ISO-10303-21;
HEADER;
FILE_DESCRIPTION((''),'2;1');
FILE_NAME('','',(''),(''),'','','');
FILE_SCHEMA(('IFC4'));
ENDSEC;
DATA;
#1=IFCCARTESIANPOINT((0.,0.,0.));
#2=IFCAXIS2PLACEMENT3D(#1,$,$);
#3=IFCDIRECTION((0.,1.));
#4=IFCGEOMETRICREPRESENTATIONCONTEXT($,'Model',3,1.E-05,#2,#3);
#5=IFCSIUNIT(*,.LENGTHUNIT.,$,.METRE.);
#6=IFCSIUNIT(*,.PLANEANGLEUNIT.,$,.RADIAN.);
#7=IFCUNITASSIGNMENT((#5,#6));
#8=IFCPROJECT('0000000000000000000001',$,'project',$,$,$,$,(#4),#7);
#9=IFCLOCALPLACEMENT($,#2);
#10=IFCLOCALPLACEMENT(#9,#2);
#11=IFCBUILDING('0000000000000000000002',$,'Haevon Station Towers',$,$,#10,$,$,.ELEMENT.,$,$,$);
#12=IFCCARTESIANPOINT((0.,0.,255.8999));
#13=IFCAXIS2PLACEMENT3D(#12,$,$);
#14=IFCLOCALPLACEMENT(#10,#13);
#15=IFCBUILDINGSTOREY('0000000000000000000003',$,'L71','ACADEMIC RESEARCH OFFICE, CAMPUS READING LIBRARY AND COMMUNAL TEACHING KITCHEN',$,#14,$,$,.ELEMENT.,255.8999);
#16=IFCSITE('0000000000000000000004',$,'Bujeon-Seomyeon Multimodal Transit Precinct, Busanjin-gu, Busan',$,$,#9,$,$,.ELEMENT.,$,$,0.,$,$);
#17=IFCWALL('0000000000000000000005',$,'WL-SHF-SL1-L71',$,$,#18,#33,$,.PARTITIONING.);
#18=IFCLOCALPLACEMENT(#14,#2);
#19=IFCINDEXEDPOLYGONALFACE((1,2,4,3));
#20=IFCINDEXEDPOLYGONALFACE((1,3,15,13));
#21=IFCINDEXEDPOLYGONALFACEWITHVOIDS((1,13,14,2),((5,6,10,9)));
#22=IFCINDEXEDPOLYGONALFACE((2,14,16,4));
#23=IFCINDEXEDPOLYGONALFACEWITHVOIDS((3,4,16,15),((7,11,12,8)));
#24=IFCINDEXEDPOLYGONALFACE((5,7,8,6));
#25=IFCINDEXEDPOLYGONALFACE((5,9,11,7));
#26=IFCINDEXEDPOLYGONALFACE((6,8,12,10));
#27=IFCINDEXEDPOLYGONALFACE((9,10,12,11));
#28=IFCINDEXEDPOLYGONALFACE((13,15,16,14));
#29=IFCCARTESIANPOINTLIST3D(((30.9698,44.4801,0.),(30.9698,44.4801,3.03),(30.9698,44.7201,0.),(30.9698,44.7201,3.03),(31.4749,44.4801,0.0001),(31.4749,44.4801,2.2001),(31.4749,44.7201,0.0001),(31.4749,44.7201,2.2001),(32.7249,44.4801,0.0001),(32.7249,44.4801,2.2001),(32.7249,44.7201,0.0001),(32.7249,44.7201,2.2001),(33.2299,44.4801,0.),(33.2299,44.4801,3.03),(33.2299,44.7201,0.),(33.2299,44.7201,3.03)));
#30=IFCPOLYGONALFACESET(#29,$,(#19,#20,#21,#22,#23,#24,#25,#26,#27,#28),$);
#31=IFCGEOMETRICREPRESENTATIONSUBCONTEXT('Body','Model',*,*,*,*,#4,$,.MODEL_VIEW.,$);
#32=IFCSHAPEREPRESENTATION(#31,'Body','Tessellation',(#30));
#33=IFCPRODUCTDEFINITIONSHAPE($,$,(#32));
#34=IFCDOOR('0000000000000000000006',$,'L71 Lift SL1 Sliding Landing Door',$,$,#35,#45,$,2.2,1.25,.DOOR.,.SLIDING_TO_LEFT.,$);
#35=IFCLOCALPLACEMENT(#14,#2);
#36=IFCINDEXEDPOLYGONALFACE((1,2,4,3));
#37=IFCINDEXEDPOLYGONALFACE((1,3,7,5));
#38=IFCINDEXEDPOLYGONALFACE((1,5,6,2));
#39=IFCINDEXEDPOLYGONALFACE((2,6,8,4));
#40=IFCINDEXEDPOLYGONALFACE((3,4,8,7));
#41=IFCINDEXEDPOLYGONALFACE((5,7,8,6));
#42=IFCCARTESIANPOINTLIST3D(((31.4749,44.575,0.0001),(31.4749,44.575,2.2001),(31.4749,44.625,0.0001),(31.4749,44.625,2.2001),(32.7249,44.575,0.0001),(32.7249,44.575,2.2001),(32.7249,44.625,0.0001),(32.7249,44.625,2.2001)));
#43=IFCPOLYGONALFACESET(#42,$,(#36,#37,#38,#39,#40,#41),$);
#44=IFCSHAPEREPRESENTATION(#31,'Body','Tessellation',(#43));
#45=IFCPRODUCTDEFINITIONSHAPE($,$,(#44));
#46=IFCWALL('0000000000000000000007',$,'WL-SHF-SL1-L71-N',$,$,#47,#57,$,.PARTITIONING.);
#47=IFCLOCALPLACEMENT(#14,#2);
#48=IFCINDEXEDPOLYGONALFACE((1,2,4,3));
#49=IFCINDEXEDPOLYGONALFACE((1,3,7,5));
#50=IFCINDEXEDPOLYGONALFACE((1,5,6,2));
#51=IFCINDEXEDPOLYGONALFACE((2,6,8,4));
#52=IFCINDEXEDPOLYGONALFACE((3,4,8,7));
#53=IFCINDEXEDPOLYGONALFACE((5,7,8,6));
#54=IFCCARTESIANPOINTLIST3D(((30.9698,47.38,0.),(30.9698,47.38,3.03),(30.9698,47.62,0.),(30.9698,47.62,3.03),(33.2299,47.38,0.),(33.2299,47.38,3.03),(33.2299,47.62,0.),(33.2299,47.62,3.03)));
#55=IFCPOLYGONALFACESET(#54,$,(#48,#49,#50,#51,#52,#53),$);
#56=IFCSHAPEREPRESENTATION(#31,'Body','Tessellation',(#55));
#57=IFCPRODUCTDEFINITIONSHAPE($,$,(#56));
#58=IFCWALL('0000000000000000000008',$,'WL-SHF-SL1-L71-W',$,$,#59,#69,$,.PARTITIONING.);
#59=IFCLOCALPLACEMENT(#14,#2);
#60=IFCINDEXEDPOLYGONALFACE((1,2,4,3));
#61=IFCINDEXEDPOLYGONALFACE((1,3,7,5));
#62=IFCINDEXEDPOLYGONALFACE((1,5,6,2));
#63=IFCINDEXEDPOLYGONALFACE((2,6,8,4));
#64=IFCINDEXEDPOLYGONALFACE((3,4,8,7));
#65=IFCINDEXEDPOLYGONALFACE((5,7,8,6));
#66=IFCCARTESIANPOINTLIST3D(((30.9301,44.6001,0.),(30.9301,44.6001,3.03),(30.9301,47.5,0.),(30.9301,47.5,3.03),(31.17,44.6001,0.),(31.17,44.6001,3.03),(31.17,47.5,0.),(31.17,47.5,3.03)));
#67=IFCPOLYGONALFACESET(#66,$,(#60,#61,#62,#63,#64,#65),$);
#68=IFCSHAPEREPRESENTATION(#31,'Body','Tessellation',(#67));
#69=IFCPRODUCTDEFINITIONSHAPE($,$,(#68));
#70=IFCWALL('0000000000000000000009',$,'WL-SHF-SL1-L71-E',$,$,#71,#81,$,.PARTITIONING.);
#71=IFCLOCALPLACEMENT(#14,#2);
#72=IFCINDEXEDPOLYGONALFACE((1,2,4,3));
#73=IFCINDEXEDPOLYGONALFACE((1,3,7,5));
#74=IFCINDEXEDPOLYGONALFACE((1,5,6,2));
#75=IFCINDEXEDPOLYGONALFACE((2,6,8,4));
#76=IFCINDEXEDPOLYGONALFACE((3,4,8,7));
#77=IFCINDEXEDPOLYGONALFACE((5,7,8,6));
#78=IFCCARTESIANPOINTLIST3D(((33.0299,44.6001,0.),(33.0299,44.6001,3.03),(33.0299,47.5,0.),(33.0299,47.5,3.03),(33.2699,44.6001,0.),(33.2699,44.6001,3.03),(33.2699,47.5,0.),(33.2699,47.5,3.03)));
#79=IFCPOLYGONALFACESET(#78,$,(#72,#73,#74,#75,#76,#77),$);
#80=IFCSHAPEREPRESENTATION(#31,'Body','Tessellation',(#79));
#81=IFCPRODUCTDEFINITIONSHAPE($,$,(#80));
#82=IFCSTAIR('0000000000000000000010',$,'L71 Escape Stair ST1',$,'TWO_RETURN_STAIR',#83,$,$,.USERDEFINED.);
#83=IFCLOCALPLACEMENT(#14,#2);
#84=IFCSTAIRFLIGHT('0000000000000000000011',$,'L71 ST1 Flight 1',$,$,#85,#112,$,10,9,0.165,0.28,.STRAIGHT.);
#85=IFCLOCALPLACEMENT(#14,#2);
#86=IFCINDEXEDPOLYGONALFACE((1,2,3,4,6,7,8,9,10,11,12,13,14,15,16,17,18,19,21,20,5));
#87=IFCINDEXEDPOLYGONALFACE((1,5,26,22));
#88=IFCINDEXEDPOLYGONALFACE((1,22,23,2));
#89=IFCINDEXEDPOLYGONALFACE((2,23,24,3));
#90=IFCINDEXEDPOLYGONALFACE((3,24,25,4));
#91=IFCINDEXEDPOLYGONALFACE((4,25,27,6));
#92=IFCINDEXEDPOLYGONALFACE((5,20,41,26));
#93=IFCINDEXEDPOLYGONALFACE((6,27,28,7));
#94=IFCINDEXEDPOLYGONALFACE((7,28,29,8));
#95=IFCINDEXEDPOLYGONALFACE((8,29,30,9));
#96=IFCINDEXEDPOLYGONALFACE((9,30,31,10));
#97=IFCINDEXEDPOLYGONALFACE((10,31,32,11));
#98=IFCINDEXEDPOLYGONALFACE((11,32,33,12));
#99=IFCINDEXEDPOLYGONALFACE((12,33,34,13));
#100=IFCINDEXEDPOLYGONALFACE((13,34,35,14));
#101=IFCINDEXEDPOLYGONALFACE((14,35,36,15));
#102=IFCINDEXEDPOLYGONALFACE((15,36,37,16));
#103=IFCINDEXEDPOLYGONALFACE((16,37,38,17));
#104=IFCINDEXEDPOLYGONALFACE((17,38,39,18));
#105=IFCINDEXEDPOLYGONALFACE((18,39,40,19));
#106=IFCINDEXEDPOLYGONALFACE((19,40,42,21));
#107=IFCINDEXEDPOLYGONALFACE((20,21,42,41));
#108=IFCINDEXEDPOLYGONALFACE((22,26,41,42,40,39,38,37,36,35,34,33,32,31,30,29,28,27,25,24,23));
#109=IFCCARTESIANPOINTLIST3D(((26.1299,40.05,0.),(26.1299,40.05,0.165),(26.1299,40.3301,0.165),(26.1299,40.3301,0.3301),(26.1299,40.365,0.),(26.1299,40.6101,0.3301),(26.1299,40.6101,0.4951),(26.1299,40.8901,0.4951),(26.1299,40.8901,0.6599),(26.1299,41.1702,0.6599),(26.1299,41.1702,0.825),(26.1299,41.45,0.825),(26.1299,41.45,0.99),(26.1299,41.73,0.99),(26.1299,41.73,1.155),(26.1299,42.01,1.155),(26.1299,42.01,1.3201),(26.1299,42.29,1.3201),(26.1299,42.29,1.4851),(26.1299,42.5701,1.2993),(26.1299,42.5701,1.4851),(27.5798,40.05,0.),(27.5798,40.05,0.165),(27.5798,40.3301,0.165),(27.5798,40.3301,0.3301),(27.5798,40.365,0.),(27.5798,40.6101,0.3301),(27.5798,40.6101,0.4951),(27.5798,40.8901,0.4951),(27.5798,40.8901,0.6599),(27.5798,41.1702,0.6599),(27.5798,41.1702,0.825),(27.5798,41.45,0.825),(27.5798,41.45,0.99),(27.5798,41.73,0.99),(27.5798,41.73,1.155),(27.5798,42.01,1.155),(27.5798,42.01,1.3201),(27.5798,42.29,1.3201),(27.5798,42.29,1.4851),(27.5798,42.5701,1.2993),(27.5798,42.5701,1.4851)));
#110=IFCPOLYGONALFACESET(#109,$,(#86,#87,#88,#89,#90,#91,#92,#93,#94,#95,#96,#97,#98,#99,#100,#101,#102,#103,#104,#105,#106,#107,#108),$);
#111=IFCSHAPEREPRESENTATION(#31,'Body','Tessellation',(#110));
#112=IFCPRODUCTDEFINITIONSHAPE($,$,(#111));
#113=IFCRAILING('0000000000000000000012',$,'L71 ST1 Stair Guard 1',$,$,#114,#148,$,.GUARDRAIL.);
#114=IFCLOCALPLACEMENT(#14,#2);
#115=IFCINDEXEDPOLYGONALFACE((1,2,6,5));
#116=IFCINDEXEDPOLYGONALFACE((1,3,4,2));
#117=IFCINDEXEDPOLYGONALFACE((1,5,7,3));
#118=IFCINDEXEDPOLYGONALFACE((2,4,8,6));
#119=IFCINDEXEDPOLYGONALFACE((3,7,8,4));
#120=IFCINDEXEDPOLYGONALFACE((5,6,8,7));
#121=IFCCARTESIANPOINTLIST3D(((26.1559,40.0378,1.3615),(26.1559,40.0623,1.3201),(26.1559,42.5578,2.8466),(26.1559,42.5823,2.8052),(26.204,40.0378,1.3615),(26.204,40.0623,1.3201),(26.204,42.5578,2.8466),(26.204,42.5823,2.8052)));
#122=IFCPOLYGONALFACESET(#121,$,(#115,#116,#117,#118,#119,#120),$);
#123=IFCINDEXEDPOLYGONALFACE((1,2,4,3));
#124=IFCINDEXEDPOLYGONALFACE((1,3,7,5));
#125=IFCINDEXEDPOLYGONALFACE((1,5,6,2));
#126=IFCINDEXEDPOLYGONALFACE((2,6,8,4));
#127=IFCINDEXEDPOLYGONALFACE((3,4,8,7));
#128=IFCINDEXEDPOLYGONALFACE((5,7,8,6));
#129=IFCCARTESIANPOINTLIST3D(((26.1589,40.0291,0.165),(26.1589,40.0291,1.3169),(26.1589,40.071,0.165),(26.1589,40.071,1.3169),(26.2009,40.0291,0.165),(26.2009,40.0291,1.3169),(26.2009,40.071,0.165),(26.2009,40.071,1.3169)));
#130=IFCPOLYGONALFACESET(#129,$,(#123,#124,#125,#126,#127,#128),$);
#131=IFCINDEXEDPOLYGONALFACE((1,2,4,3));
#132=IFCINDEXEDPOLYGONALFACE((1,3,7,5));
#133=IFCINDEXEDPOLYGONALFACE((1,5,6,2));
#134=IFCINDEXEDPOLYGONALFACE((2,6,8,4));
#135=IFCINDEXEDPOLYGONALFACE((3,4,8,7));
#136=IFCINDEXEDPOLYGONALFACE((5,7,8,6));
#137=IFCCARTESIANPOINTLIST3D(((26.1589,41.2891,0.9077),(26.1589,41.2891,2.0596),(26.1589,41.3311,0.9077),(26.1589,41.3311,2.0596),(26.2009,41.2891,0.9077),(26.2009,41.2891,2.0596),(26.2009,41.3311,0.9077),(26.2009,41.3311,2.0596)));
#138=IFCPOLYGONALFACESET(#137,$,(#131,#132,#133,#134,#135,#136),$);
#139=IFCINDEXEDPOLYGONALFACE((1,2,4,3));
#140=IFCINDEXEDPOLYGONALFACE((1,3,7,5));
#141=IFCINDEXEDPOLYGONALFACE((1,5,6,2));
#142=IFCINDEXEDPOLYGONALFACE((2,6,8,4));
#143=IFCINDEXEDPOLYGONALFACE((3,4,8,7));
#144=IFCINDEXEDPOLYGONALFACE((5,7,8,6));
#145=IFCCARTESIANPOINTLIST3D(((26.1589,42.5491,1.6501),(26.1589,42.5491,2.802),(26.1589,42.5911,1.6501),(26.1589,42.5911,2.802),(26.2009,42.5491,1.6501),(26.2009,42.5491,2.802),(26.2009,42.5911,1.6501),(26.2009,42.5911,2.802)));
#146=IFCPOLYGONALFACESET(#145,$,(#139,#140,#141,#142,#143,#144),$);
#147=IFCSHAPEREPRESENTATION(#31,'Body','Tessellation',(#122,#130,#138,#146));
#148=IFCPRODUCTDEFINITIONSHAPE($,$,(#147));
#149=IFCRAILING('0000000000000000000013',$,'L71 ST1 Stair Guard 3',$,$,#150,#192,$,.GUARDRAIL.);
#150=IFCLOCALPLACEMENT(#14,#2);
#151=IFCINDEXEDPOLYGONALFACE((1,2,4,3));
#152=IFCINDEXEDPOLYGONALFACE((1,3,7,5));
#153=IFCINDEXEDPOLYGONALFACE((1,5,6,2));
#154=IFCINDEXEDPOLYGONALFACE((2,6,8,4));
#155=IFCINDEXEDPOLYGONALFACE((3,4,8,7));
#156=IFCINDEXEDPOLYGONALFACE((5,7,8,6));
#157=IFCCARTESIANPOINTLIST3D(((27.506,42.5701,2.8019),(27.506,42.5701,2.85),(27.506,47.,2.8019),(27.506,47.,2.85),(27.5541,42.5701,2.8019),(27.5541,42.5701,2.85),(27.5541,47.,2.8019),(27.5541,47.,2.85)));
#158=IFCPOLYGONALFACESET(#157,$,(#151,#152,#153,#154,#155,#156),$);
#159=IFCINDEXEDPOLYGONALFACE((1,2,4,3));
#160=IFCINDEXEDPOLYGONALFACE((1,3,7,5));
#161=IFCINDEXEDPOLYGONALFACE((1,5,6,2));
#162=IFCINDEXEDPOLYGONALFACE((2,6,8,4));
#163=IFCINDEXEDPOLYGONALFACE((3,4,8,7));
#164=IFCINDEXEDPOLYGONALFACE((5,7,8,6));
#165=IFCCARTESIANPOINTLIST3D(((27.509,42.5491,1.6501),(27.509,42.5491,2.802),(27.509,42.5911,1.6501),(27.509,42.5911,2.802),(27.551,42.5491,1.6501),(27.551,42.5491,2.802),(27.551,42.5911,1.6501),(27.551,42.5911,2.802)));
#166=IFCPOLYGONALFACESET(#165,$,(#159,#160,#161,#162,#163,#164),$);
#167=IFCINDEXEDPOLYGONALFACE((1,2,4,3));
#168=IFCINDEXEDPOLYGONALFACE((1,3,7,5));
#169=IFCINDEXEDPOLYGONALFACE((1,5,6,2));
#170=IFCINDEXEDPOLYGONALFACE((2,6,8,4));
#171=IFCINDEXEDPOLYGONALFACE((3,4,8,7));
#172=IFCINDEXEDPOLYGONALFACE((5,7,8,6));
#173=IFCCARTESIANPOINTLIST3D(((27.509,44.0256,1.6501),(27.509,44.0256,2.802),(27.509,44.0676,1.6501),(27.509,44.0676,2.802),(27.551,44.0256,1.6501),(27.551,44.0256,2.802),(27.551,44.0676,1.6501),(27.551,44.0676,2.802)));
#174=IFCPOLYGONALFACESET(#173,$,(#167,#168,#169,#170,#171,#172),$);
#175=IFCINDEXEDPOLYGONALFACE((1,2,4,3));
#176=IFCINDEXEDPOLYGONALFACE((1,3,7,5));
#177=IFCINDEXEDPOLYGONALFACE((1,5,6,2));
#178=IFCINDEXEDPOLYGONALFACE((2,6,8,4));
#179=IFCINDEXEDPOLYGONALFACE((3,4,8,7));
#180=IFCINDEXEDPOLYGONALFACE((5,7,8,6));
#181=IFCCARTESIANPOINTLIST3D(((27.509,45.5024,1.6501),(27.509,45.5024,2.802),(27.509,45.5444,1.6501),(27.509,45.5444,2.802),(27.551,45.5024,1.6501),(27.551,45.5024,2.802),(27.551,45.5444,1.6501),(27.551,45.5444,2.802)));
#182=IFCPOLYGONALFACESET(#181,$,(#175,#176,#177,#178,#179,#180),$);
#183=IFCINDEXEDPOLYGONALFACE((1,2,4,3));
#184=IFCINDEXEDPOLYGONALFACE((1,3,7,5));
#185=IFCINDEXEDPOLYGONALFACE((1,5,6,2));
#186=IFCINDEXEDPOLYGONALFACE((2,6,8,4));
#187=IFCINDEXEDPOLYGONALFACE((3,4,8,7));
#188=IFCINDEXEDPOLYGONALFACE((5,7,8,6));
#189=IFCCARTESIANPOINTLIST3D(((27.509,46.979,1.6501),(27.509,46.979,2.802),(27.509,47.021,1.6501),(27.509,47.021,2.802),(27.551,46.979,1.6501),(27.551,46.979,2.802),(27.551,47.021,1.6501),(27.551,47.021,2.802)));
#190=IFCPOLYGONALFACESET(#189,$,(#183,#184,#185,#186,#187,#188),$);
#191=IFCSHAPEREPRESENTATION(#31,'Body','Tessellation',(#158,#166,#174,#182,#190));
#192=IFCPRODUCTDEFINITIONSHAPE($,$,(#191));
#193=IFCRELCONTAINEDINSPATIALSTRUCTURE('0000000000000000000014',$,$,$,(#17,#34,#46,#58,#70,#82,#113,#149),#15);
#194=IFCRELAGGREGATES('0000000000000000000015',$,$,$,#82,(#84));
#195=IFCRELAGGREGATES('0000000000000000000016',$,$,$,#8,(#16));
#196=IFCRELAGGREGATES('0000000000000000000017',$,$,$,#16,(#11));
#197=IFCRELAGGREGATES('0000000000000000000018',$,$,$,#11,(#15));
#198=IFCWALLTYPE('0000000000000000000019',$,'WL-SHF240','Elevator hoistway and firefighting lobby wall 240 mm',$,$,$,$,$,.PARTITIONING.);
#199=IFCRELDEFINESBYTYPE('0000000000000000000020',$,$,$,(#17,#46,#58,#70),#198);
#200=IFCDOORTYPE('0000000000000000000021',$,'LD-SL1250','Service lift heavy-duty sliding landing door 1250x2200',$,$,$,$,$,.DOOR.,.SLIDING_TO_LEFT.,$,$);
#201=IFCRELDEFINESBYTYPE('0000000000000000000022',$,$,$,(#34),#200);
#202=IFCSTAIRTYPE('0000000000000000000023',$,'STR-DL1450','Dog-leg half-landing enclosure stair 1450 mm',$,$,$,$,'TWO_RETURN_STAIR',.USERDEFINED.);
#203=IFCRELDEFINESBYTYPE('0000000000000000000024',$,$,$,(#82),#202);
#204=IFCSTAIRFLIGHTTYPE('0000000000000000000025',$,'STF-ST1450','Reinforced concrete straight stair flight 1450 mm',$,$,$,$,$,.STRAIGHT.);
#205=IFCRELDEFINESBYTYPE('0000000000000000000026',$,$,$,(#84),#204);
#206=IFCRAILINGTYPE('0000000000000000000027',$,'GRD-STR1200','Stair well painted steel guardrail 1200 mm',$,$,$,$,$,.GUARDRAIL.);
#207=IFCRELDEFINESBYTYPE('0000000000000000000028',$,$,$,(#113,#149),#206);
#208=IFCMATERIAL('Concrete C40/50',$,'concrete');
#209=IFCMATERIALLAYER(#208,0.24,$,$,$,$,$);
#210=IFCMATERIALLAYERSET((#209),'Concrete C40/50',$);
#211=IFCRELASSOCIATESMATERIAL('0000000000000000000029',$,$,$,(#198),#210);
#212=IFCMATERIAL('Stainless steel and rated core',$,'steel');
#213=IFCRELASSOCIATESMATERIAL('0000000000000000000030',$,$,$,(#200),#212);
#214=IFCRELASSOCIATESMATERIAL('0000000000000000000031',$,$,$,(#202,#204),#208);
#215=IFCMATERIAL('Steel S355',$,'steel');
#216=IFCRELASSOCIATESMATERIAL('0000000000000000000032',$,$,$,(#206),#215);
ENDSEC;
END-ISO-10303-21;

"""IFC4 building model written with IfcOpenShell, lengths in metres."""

from ifc_helpers import new_model, si_unit, direction, frame, frame_2d, origin, origin_2d, place, context, subcontext, project, spatial, polyline, rectangle, outline, extrude, material, layer, layer_set, type_object, element, fill, aggregate, save


model = new_model("IFC4")

# Units and contexts
model_context = context("Model", 3, precision=1e-05, world=origin(), true_north=direction((0.0, 1.0)))
body_context = subcontext(model_context, "Body", "Model", "MODEL_VIEW")
ifc_project = project(units=[si_unit("LENGTHUNIT", "METRE"), si_unit("PLANEANGLEUNIT", "RADIAN")], contexts=[model_context])

# Site, building, storey
site_placement = place(None, origin())
site = spatial("IfcSite", under=ifc_project, at=site_placement, Name="Bujeon-Seomyeon Multimodal Transit Precinct, Busanjin-gu, Busan", CompositionType="ELEMENT", RefElevation=0.0)
building_placement = place(site_placement, origin())
building = spatial("IfcBuilding", under=site, at=building_placement, Name="Haevon Station Towers", CompositionType="ELEMENT")
storey_placement = place(building_placement, frame((0.0, 0.0, 255.8999)))
storey = spatial("IfcBuildingStorey", under=building, at=storey_placement, Name="L71", Description="ACADEMIC RESEARCH OFFICE, CAMPUS READING LIBRARY AND COMMUNAL TEACHING KITCHEN", CompositionType="ELEMENT", Elevation=255.8999)

# Shared definitions
ifc_material_1 = material(Name="Steel S355", Category="steel")

# Shared definitions
ifc_material_2 = material(Name="Concrete C40/50", Category="concrete")
ifc_layer_1 = layer(ifc_material_2, 0.24)
ifc_layer_set_1 = layer_set([ifc_layer_1], Name="Concrete C40/50")
wall_type_1 = type_object("IfcWallType", Name="WL-SHF240", Description="Elevator hoistway and firefighting lobby wall 240 mm", PredefinedType="PARTITIONING", material=ifc_layer_set_1)
ifc_material_3 = material(Name="Stainless steel and rated core", Category="steel")

# Wall, opening, door
wall_1_placement = place(storey_placement, frame((30.97, 44.6001, 0.0), z_axis=(0.0, 0.0, 1.0), x_axis=(1.0, 0.0, 0.0)))
wall_1 = element("IfcWall", 1, at=wall_1_placement, inside=storey, type_object=wall_type_1, Name="WL-SHF-SL1-L71", PredefinedType="PARTITIONING", context=body_context, shape_type="SweptSolid", body=[
    extrude(rectangle(XDim=2.26, YDim=0.24, at=frame_2d((1.1299, 0.0))), origin(), (0.0, 0.0, 1.0), 3.03),
])
opening_1_placement = place(wall_1_placement, frame((0.5049, 0.0, 0.0)))
opening_1 = element("IfcOpeningElement", 2, at=opening_1_placement, cuts=wall_1, PredefinedType="OPENING", context=body_context, shape_type="SweptSolid", body=[
    extrude(rectangle(XDim=1.25, YDim=2.2, at=frame_2d((0.625, 1.1001))), frame((0.0, 0.1299, 0.0), z_axis=(0.0, -1.0, 0.0), x_axis=(1.0, 0.0, 0.0)), (0.0, 0.0, 1.0), 0.26),
])
door_type_1 = type_object("IfcDoorType", Name="LD-SL1250", Description="Service lift heavy-duty sliding landing door 1250x2200", OperationType="SLIDING_TO_LEFT", PredefinedType="DOOR", material=ifc_material_3)
door_1_placement = place(opening_1_placement, origin())
door_1 = element("IfcDoor", 3, at=door_1_placement, inside=storey, type_object=door_type_1, Name="L71 Lift SL1 Sliding Landing Door", OperationType="SLIDING_TO_LEFT", OverallHeight=2.2, OverallWidth=1.25, PredefinedType="DOOR", context=body_context, shape_type="SweptSolid", body=[
    extrude(rectangle(XDim=1.25, YDim=2.2, at=frame_2d((0.625, 1.1001))), frame((0.0, 0.0249, 0.0), z_axis=(0.0, -1.0, 0.0), x_axis=(1.0, 0.0, 0.0)), (0.0, 0.0, 1.0), 0.05),
])
fill(opening_1, door_1)

# Walls
wall_2_placement = place(storey_placement, frame((30.97, 47.5, 0.0), z_axis=(0.0, 0.0, 1.0), x_axis=(1.0, 0.0, 0.0)))
element("IfcWall", 4, at=wall_2_placement, inside=storey, type_object=wall_type_1, Name="WL-SHF-SL1-L71-N", PredefinedType="PARTITIONING", context=body_context, shape_type="SweptSolid", body=[
    extrude(rectangle(XDim=2.26, YDim=0.24, at=frame_2d((1.1299, 0.0))), origin(), (0.0, 0.0, 1.0), 3.03),
])
for number, where, z_axis, x_axis, name in (
    (5, (31.05, 44.6001, 0.0), (0.0, 0.0, 1.0), (0.0, 1.0, 0.0), "WL-SHF-SL1-L71-W"),
    (6, (33.1499, 44.6001, 0.0), (0.0, 0.0, 1.0), (0.0, 1.0, 0.0), "WL-SHF-SL1-L71-E"),
):
    element("IfcWall", number, at=place(storey_placement, frame(where, z_axis=z_axis, x_axis=x_axis)), inside=storey, type_object=wall_type_1, Name=name, PredefinedType="PARTITIONING", context=body_context, shape_type="SweptSolid", body=[
        extrude(rectangle(XDim=2.8999, YDim=0.24, at=frame_2d((1.45, 0.0))), origin(), (0.0, 0.0, 1.0), 3.03),
    ])

# Stair, stair flight
stair_type = type_object("IfcStairType", Name="STR-DL1450", Description="Dog-leg half-landing enclosure stair 1450 mm", ElementType="TWO_RETURN_STAIR", PredefinedType="USERDEFINED", material=ifc_material_2)
stair_placement = place(storey_placement, origin())
stair = element("IfcStair", 7, at=stair_placement, inside=storey, type_object=stair_type, Name="L71 Escape Stair ST1", ObjectType="TWO_RETURN_STAIR", PredefinedType="USERDEFINED")
stair_flight_type = type_object("IfcStairFlightType", Name="STF-ST1450", Description="Reinforced concrete straight stair flight 1450 mm", PredefinedType="STRAIGHT", material=ifc_material_2)
stair_flight_placement = place(storey_placement, frame((26.855, 40.05, 0.0), z_axis=(0.0, 0.0, 1.0), x_axis=(0.0, 1.0, 0.0)))
stair_flight = element("IfcStairFlight", 8, at=stair_flight_placement, type_object=stair_flight_type, Name="L71 ST1 Flight 1", NumberOfRisers=10, NumberOfTreads=9, PredefinedType="STRAIGHT", RiserHeight=0.165, TreadLength=0.28, context=body_context, shape_type="SweptSolid", body=[
    extrude(outline(polyline([(0.0, 0.0), (0.0, 0.165), (0.28, 0.165), (0.28, 0.3301), (0.5601, 0.3301), (0.5601, 0.4951), (0.8401, 0.4951), (0.8401, 0.6599), (1.1201, 0.6599), (1.1201, 0.825), (1.3999, 0.825), (1.3999, 0.99), (1.6799, 0.99), (1.6799, 1.155), (1.96, 1.155), (1.96, 1.3201), (2.24, 1.3201), (2.24, 1.4851), (2.52, 1.4851), (2.52, 1.6499), (2.52, 1.2993), (0.3149, 0.0), (0.0, 0.0)])), frame((0.0, 0.7251, 0.0), z_axis=(0.0, -1.0, 0.0), x_axis=(1.0, 0.0, 0.0)), (0.0, 0.0, 1.0), 1.45),
])
aggregate(stair, [stair_flight])

# Railings
railing_type_1 = type_object("IfcRailingType", Name="GRD-STR1200", Description="Stair well painted steel guardrail 1200 mm", PredefinedType="GUARDRAIL", material=ifc_material_1)
railing_1_placement = place(storey_placement, frame((26.1799, 40.05, 0.165)))
element("IfcRailing", 9, at=railing_1_placement, inside=storey, type_object=railing_type_1, Name="L71 ST1 Stair Guard 1", PredefinedType="GUARDRAIL", context=body_context, shape_type="SweptSolid", body=[
    extrude(rectangle(XDim=0.0481, YDim=0.0481, at=origin_2d()), frame((0.0, 0.0, 1.1758), z_axis=(0.0, 0.861524, 0.507717), x_axis=(-1.0, 0.0, 0.0)), (0.0, 0.0, 1.0), 2.925),
    extrude(rectangle(XDim=0.042, YDim=0.042, at=origin_2d()), origin(), (0.0, 0.0, 1.0), 1.1519),
    extrude(rectangle(XDim=0.042, YDim=0.042, at=origin_2d()), frame((0.0, 1.26, 0.7427)), (0.0, 0.0, 1.0), 1.1519),
    extrude(rectangle(XDim=0.042, YDim=0.042, at=origin_2d()), frame((0.0, 2.52, 1.4851)), (0.0, 0.0, 1.0), 1.1519),
])
railing_2_placement = place(storey_placement, frame((27.53, 42.5701, 1.6501)))
element("IfcRailing", 10, at=railing_2_placement, inside=storey, type_object=railing_type_1, Name="L71 ST1 Stair Guard 3", PredefinedType="GUARDRAIL", context=body_context, shape_type="SweptSolid", body=[
    extrude(rectangle(XDim=0.0481, YDim=0.0481, at=origin_2d()), frame((0.0, 0.0, 1.1758), z_axis=(0.0, 1.0, 0.0), x_axis=(-1.0, 0.0, 0.0)), (0.0, 0.0, 1.0), 4.4299),
    extrude(rectangle(XDim=0.042, YDim=0.042, at=origin_2d()), origin(), (0.0, 0.0, 1.0), 1.1519),
    extrude(rectangle(XDim=0.042, YDim=0.042, at=origin_2d()), frame((0.0, 1.4766, 0.0)), (0.0, 0.0, 1.0), 1.1519),
    extrude(rectangle(XDim=0.042, YDim=0.042, at=origin_2d()), frame((0.0, 2.9534, 0.0)), (0.0, 0.0, 1.0), 1.1519),
    extrude(rectangle(XDim=0.042, YDim=0.042, at=origin_2d()), frame((0.0, 4.4299, 0.0)), (0.0, 0.0, 1.0), 1.1519),
])

save(model, "model.ifc")
